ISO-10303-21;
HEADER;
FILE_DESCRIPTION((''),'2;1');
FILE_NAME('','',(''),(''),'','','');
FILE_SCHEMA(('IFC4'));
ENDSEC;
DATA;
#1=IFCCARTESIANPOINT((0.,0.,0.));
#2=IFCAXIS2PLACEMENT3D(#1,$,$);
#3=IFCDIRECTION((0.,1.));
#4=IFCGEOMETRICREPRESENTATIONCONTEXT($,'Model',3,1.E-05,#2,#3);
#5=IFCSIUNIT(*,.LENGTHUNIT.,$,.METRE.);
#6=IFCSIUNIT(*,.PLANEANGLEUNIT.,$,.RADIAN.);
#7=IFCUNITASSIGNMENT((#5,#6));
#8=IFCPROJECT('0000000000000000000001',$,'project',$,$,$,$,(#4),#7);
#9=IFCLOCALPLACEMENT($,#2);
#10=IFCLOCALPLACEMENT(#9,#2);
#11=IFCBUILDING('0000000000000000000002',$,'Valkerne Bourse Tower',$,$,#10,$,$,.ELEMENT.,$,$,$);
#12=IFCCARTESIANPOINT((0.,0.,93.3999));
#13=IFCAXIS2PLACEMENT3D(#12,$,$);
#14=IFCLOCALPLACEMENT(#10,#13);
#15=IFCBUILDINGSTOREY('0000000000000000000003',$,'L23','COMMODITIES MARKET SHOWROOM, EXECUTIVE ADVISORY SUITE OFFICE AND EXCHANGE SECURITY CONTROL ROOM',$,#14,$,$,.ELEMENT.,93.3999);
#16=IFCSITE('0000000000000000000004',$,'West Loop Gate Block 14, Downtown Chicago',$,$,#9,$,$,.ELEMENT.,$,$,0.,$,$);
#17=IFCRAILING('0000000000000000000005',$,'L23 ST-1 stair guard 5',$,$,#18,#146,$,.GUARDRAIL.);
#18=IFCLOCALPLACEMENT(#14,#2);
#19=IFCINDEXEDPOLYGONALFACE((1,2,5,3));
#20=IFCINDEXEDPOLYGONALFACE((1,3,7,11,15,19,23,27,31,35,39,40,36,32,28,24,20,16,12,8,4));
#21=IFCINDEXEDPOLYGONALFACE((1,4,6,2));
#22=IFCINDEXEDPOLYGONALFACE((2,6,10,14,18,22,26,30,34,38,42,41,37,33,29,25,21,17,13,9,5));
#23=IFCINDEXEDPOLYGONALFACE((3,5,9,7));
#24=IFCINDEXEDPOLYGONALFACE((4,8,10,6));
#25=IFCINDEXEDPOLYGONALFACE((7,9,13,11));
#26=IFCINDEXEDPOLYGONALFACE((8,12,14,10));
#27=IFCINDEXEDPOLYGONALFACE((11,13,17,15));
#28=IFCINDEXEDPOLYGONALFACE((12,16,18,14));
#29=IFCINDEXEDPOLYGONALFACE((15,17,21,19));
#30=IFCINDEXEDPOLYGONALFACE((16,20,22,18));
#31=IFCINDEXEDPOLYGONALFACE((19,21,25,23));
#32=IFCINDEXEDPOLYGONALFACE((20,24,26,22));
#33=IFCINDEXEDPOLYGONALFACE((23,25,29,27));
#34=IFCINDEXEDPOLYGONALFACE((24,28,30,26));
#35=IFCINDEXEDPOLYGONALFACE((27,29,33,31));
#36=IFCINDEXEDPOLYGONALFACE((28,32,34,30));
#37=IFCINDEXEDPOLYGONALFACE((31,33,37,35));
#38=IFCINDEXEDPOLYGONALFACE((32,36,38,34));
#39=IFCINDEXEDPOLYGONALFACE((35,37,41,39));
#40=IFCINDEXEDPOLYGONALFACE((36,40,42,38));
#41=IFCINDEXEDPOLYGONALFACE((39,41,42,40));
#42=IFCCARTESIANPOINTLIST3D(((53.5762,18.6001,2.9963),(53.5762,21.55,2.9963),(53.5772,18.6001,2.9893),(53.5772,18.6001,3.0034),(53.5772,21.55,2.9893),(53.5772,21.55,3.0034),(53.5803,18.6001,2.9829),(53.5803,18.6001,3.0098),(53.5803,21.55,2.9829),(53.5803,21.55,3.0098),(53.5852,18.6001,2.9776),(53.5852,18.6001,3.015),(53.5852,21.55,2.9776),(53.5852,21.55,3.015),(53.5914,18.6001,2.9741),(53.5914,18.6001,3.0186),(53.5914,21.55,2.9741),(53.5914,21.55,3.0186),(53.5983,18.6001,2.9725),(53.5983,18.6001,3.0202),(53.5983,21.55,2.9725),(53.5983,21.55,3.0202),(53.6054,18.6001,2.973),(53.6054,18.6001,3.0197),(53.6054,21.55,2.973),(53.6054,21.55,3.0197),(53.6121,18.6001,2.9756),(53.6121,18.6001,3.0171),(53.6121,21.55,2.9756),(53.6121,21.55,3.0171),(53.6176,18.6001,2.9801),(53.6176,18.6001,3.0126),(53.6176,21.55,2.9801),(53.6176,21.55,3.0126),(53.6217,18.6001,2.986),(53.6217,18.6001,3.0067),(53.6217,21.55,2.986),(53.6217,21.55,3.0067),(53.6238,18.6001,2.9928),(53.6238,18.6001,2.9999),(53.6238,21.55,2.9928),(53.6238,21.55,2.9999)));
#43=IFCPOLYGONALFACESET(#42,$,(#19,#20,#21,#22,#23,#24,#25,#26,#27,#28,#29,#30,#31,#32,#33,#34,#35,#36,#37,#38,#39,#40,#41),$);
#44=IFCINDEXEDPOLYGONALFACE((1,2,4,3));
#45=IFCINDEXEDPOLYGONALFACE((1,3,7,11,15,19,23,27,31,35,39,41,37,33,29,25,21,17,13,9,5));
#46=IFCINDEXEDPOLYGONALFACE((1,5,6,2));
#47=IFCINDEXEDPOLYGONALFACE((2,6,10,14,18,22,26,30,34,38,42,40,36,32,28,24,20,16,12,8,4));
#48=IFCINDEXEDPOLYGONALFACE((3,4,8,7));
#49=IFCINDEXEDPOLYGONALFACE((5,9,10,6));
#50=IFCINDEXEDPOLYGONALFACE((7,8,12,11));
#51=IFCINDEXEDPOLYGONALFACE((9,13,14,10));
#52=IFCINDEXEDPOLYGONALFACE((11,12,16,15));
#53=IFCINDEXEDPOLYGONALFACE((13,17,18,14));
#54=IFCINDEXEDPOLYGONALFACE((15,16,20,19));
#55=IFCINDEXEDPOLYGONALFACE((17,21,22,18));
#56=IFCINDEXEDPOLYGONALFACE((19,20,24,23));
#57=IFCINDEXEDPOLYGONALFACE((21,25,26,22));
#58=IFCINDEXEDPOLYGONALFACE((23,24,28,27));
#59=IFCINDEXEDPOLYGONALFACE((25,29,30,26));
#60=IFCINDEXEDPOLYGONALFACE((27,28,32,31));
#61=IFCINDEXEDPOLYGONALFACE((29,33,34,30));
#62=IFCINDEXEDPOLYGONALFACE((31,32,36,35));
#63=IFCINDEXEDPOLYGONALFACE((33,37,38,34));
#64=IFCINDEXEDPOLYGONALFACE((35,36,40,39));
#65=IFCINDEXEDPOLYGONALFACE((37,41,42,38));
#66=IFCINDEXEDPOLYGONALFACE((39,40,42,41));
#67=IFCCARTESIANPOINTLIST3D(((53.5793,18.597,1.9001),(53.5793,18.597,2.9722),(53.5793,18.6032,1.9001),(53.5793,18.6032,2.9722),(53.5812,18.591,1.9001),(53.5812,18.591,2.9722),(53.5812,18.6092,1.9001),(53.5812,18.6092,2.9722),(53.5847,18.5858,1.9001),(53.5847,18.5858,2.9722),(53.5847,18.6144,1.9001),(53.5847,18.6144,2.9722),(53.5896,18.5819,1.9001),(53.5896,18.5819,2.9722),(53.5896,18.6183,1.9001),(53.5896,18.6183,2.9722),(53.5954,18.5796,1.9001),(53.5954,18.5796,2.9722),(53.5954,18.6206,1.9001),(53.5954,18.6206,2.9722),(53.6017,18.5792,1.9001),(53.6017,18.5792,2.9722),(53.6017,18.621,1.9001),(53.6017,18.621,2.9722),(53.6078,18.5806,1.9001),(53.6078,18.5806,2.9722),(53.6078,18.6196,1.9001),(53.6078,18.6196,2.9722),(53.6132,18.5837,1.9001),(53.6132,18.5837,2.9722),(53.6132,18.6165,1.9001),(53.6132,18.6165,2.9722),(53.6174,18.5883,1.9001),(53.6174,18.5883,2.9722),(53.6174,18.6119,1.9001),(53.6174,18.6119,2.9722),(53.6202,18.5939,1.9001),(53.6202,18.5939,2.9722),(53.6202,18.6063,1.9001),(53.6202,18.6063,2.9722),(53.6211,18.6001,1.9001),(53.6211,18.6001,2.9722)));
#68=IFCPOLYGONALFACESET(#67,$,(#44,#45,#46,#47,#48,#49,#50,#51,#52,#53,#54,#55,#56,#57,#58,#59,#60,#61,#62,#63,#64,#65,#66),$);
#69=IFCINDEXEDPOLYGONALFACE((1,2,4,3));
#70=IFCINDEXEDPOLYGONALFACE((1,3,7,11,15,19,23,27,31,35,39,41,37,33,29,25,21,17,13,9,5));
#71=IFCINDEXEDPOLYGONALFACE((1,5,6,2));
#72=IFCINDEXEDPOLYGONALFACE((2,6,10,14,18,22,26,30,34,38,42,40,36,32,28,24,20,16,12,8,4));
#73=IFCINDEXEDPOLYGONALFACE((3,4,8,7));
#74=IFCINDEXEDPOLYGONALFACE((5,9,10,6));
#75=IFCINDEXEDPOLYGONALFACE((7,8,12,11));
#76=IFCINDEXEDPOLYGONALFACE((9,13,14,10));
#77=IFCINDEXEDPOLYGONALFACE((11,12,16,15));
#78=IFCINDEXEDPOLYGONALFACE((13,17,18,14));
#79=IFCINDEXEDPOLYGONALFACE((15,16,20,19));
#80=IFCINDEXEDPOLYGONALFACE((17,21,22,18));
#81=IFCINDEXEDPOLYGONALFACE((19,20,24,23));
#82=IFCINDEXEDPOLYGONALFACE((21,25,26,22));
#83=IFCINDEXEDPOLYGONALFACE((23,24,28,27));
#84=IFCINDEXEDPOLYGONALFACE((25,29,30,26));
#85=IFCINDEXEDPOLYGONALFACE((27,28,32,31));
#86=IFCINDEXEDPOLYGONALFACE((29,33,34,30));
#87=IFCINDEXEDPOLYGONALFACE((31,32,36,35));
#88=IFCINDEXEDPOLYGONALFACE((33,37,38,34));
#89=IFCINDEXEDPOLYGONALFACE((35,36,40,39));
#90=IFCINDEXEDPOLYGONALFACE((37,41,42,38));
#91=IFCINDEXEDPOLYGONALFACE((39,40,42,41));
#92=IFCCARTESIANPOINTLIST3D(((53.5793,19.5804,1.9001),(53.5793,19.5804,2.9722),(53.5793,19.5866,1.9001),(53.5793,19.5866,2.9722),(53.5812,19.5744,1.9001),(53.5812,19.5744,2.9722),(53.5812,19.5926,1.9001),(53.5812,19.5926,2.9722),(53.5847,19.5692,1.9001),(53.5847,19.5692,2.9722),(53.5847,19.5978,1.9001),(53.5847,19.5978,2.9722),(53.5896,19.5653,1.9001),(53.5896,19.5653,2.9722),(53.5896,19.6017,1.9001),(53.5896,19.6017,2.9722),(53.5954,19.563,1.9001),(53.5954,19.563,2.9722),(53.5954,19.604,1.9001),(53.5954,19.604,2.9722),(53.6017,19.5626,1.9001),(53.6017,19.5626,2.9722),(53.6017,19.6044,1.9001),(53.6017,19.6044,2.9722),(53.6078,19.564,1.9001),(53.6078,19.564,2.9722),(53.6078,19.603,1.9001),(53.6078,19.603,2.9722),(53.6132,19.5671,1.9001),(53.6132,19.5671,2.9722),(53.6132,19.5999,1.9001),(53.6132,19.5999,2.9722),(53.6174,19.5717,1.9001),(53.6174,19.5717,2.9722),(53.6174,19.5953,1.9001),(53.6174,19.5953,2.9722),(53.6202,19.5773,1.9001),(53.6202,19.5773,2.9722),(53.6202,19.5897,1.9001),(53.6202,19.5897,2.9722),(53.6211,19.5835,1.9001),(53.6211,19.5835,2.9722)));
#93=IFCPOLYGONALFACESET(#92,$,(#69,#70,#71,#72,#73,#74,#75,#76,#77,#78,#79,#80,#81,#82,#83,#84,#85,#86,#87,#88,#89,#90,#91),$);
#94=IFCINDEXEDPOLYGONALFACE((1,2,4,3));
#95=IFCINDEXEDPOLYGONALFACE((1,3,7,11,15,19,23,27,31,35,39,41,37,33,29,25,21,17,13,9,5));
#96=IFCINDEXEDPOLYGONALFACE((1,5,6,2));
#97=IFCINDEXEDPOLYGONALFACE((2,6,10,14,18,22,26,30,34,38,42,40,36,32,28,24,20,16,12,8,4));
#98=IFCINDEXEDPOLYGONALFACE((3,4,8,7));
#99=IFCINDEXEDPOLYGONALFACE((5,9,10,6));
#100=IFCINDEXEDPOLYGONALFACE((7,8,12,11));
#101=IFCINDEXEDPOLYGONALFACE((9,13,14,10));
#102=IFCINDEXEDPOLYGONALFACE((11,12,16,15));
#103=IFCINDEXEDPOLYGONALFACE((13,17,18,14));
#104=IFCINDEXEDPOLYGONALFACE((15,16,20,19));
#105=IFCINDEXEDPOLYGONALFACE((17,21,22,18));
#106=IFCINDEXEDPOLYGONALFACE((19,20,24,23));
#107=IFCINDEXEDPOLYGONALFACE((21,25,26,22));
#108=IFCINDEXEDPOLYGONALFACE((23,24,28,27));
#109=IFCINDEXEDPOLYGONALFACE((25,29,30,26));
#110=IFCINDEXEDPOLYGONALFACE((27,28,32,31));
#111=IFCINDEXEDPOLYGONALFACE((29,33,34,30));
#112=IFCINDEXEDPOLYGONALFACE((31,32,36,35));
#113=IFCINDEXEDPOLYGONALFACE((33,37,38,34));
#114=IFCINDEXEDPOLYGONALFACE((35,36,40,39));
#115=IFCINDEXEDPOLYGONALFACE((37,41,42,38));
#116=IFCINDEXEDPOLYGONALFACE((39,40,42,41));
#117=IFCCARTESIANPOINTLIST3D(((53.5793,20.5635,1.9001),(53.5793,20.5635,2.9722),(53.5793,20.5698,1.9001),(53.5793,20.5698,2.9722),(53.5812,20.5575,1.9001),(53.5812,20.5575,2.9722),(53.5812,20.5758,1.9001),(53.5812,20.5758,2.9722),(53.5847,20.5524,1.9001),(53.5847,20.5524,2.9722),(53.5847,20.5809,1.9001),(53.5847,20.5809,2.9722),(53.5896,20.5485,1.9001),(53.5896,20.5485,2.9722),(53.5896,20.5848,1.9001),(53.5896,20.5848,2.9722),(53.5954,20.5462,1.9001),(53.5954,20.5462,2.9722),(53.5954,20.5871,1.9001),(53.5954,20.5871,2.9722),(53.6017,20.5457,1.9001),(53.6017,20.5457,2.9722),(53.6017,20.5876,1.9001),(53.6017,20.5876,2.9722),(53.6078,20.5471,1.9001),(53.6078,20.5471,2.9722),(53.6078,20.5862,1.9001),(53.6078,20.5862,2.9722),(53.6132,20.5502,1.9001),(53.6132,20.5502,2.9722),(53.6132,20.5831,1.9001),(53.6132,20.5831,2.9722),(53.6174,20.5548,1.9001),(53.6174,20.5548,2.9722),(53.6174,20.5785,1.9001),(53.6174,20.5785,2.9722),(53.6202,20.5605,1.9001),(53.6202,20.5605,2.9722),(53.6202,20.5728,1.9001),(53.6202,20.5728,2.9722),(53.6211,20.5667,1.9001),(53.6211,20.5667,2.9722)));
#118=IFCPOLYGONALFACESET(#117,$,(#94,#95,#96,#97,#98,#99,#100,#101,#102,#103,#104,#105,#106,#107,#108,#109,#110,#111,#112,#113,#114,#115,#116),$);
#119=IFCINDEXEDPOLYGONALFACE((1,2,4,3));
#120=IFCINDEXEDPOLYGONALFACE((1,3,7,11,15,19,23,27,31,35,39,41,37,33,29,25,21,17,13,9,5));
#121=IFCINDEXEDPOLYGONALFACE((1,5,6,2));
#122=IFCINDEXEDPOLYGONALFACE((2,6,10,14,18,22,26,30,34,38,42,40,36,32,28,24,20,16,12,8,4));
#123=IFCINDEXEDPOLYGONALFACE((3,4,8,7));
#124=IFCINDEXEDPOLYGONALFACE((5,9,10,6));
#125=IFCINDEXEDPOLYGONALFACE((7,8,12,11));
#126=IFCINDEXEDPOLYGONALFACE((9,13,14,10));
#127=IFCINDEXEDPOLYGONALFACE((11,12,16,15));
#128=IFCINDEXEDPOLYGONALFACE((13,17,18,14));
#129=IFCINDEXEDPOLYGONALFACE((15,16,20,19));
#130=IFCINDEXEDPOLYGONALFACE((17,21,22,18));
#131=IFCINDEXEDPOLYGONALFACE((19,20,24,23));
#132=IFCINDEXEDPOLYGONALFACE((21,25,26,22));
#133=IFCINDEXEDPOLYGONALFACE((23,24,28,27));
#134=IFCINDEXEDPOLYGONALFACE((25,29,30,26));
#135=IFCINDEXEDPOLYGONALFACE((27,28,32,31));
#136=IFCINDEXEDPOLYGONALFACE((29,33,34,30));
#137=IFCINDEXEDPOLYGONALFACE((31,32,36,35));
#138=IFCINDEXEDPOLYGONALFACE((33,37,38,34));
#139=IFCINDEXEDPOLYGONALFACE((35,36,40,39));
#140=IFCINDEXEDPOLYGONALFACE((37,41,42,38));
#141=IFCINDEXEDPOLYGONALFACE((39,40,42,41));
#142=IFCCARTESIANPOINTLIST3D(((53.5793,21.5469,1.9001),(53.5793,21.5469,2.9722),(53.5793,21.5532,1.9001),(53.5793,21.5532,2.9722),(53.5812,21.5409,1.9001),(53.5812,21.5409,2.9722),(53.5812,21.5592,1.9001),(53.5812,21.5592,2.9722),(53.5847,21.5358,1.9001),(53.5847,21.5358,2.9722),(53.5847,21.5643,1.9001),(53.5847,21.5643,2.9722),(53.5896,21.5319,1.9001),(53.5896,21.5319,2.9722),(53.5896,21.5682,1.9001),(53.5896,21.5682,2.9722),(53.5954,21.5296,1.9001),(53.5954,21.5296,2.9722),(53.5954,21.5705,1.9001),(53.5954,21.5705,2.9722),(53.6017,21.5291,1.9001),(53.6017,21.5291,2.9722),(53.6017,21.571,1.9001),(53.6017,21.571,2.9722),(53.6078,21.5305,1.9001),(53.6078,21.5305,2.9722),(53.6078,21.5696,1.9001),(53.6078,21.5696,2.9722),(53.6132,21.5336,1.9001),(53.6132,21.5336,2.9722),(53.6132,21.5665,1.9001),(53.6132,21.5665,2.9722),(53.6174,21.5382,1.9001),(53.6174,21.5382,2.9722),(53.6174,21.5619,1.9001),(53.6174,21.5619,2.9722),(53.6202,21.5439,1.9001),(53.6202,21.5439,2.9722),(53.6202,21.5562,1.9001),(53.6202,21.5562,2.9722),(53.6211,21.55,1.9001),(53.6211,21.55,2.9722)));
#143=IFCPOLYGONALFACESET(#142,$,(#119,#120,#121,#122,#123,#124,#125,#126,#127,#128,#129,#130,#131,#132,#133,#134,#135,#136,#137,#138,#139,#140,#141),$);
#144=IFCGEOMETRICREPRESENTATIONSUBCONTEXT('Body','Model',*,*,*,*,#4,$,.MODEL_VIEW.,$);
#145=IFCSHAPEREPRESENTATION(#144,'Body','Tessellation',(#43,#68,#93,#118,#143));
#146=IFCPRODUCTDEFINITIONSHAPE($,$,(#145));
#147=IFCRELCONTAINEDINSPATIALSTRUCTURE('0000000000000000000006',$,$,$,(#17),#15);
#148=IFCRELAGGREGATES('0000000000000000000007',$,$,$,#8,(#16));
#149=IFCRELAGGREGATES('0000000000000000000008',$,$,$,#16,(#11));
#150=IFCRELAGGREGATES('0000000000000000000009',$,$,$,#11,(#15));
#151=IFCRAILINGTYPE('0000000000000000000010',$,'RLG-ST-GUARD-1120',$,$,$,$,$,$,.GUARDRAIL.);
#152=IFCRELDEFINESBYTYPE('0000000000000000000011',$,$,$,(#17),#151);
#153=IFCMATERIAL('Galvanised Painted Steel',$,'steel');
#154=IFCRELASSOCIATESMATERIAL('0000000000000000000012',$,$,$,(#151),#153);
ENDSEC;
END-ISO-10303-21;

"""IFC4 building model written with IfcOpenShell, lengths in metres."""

from ifc_helpers import new_model, si_unit, direction, frame, origin, origin_2d, place, context, subcontext, project, spatial, circle, extrude, material, type_object, element, save


model = new_model("IFC4")

# Units and contexts
model_context = context("Model", 3, precision=1e-05, world=origin(), true_north=direction((0.0, 1.0)))
body_context = subcontext(model_context, "Body", "Model", "MODEL_VIEW")
ifc_project = project(units=[si_unit("LENGTHUNIT", "METRE"), si_unit("PLANEANGLEUNIT", "RADIAN")], contexts=[model_context])

# Site, building, storey
site_placement = place(None, origin())
site = spatial("IfcSite", under=ifc_project, at=site_placement, Name="West Loop Gate Block 14, Downtown Chicago", CompositionType="ELEMENT", RefElevation=0.0)
building_placement = place(site_placement, origin())
building = spatial("IfcBuilding", under=site, at=building_placement, Name="Valkerne Bourse Tower", CompositionType="ELEMENT")
storey_placement = place(building_placement, frame((0.0, 0.0, 93.3999)))
storey = spatial("IfcBuildingStorey", under=building, at=storey_placement, Name="L23", Description="COMMODITIES MARKET SHOWROOM, EXECUTIVE ADVISORY SUITE OFFICE AND EXCHANGE SECURITY CONTROL ROOM", CompositionType="ELEMENT", Elevation=93.3999)

# Shared definitions
ifc_material_1 = material(Name="Galvanised Painted Steel", Category="steel")

# Railing
railing_type = type_object("IfcRailingType", Name="RLG-ST-GUARD-1120", PredefinedType="GUARDRAIL", material=ifc_material_1)
railing_1_placement = place(storey_placement, frame((53.6001, 18.6001, 1.9001)))
element("IfcRailing", 1, at=railing_1_placement, inside=storey, type_object=railing_type, Name="L23 ST-1 stair guard 5", PredefinedType="GUARDRAIL", context=body_context, shape_type="SweptSolid", body=[
    extrude(circle(Radius=0.0239, at=origin_2d()), frame((0.0, 0.0, 1.0962), z_axis=(0.0, 1.0, 0.0), x_axis=(-1.0, 0.0, 0.0)), (0.0, 0.0, 1.0), 2.95),
    extrude(circle(Radius=0.021, at=origin_2d()), origin(), (0.0, 0.0, 1.0), 1.072),
    extrude(circle(Radius=0.021, at=origin_2d()), frame((0.0, 0.9834, 0.0)), (0.0, 0.0, 1.0), 1.072),
    extrude(circle(Radius=0.021, at=origin_2d()), frame((0.0, 1.9666, 0.0)), (0.0, 0.0, 1.0), 1.072),
    extrude(circle(Radius=0.021, at=origin_2d()), frame((0.0, 2.95, 0.0)), (0.0, 0.0, 1.0), 1.072),
])

save(model, "model.ifc")
